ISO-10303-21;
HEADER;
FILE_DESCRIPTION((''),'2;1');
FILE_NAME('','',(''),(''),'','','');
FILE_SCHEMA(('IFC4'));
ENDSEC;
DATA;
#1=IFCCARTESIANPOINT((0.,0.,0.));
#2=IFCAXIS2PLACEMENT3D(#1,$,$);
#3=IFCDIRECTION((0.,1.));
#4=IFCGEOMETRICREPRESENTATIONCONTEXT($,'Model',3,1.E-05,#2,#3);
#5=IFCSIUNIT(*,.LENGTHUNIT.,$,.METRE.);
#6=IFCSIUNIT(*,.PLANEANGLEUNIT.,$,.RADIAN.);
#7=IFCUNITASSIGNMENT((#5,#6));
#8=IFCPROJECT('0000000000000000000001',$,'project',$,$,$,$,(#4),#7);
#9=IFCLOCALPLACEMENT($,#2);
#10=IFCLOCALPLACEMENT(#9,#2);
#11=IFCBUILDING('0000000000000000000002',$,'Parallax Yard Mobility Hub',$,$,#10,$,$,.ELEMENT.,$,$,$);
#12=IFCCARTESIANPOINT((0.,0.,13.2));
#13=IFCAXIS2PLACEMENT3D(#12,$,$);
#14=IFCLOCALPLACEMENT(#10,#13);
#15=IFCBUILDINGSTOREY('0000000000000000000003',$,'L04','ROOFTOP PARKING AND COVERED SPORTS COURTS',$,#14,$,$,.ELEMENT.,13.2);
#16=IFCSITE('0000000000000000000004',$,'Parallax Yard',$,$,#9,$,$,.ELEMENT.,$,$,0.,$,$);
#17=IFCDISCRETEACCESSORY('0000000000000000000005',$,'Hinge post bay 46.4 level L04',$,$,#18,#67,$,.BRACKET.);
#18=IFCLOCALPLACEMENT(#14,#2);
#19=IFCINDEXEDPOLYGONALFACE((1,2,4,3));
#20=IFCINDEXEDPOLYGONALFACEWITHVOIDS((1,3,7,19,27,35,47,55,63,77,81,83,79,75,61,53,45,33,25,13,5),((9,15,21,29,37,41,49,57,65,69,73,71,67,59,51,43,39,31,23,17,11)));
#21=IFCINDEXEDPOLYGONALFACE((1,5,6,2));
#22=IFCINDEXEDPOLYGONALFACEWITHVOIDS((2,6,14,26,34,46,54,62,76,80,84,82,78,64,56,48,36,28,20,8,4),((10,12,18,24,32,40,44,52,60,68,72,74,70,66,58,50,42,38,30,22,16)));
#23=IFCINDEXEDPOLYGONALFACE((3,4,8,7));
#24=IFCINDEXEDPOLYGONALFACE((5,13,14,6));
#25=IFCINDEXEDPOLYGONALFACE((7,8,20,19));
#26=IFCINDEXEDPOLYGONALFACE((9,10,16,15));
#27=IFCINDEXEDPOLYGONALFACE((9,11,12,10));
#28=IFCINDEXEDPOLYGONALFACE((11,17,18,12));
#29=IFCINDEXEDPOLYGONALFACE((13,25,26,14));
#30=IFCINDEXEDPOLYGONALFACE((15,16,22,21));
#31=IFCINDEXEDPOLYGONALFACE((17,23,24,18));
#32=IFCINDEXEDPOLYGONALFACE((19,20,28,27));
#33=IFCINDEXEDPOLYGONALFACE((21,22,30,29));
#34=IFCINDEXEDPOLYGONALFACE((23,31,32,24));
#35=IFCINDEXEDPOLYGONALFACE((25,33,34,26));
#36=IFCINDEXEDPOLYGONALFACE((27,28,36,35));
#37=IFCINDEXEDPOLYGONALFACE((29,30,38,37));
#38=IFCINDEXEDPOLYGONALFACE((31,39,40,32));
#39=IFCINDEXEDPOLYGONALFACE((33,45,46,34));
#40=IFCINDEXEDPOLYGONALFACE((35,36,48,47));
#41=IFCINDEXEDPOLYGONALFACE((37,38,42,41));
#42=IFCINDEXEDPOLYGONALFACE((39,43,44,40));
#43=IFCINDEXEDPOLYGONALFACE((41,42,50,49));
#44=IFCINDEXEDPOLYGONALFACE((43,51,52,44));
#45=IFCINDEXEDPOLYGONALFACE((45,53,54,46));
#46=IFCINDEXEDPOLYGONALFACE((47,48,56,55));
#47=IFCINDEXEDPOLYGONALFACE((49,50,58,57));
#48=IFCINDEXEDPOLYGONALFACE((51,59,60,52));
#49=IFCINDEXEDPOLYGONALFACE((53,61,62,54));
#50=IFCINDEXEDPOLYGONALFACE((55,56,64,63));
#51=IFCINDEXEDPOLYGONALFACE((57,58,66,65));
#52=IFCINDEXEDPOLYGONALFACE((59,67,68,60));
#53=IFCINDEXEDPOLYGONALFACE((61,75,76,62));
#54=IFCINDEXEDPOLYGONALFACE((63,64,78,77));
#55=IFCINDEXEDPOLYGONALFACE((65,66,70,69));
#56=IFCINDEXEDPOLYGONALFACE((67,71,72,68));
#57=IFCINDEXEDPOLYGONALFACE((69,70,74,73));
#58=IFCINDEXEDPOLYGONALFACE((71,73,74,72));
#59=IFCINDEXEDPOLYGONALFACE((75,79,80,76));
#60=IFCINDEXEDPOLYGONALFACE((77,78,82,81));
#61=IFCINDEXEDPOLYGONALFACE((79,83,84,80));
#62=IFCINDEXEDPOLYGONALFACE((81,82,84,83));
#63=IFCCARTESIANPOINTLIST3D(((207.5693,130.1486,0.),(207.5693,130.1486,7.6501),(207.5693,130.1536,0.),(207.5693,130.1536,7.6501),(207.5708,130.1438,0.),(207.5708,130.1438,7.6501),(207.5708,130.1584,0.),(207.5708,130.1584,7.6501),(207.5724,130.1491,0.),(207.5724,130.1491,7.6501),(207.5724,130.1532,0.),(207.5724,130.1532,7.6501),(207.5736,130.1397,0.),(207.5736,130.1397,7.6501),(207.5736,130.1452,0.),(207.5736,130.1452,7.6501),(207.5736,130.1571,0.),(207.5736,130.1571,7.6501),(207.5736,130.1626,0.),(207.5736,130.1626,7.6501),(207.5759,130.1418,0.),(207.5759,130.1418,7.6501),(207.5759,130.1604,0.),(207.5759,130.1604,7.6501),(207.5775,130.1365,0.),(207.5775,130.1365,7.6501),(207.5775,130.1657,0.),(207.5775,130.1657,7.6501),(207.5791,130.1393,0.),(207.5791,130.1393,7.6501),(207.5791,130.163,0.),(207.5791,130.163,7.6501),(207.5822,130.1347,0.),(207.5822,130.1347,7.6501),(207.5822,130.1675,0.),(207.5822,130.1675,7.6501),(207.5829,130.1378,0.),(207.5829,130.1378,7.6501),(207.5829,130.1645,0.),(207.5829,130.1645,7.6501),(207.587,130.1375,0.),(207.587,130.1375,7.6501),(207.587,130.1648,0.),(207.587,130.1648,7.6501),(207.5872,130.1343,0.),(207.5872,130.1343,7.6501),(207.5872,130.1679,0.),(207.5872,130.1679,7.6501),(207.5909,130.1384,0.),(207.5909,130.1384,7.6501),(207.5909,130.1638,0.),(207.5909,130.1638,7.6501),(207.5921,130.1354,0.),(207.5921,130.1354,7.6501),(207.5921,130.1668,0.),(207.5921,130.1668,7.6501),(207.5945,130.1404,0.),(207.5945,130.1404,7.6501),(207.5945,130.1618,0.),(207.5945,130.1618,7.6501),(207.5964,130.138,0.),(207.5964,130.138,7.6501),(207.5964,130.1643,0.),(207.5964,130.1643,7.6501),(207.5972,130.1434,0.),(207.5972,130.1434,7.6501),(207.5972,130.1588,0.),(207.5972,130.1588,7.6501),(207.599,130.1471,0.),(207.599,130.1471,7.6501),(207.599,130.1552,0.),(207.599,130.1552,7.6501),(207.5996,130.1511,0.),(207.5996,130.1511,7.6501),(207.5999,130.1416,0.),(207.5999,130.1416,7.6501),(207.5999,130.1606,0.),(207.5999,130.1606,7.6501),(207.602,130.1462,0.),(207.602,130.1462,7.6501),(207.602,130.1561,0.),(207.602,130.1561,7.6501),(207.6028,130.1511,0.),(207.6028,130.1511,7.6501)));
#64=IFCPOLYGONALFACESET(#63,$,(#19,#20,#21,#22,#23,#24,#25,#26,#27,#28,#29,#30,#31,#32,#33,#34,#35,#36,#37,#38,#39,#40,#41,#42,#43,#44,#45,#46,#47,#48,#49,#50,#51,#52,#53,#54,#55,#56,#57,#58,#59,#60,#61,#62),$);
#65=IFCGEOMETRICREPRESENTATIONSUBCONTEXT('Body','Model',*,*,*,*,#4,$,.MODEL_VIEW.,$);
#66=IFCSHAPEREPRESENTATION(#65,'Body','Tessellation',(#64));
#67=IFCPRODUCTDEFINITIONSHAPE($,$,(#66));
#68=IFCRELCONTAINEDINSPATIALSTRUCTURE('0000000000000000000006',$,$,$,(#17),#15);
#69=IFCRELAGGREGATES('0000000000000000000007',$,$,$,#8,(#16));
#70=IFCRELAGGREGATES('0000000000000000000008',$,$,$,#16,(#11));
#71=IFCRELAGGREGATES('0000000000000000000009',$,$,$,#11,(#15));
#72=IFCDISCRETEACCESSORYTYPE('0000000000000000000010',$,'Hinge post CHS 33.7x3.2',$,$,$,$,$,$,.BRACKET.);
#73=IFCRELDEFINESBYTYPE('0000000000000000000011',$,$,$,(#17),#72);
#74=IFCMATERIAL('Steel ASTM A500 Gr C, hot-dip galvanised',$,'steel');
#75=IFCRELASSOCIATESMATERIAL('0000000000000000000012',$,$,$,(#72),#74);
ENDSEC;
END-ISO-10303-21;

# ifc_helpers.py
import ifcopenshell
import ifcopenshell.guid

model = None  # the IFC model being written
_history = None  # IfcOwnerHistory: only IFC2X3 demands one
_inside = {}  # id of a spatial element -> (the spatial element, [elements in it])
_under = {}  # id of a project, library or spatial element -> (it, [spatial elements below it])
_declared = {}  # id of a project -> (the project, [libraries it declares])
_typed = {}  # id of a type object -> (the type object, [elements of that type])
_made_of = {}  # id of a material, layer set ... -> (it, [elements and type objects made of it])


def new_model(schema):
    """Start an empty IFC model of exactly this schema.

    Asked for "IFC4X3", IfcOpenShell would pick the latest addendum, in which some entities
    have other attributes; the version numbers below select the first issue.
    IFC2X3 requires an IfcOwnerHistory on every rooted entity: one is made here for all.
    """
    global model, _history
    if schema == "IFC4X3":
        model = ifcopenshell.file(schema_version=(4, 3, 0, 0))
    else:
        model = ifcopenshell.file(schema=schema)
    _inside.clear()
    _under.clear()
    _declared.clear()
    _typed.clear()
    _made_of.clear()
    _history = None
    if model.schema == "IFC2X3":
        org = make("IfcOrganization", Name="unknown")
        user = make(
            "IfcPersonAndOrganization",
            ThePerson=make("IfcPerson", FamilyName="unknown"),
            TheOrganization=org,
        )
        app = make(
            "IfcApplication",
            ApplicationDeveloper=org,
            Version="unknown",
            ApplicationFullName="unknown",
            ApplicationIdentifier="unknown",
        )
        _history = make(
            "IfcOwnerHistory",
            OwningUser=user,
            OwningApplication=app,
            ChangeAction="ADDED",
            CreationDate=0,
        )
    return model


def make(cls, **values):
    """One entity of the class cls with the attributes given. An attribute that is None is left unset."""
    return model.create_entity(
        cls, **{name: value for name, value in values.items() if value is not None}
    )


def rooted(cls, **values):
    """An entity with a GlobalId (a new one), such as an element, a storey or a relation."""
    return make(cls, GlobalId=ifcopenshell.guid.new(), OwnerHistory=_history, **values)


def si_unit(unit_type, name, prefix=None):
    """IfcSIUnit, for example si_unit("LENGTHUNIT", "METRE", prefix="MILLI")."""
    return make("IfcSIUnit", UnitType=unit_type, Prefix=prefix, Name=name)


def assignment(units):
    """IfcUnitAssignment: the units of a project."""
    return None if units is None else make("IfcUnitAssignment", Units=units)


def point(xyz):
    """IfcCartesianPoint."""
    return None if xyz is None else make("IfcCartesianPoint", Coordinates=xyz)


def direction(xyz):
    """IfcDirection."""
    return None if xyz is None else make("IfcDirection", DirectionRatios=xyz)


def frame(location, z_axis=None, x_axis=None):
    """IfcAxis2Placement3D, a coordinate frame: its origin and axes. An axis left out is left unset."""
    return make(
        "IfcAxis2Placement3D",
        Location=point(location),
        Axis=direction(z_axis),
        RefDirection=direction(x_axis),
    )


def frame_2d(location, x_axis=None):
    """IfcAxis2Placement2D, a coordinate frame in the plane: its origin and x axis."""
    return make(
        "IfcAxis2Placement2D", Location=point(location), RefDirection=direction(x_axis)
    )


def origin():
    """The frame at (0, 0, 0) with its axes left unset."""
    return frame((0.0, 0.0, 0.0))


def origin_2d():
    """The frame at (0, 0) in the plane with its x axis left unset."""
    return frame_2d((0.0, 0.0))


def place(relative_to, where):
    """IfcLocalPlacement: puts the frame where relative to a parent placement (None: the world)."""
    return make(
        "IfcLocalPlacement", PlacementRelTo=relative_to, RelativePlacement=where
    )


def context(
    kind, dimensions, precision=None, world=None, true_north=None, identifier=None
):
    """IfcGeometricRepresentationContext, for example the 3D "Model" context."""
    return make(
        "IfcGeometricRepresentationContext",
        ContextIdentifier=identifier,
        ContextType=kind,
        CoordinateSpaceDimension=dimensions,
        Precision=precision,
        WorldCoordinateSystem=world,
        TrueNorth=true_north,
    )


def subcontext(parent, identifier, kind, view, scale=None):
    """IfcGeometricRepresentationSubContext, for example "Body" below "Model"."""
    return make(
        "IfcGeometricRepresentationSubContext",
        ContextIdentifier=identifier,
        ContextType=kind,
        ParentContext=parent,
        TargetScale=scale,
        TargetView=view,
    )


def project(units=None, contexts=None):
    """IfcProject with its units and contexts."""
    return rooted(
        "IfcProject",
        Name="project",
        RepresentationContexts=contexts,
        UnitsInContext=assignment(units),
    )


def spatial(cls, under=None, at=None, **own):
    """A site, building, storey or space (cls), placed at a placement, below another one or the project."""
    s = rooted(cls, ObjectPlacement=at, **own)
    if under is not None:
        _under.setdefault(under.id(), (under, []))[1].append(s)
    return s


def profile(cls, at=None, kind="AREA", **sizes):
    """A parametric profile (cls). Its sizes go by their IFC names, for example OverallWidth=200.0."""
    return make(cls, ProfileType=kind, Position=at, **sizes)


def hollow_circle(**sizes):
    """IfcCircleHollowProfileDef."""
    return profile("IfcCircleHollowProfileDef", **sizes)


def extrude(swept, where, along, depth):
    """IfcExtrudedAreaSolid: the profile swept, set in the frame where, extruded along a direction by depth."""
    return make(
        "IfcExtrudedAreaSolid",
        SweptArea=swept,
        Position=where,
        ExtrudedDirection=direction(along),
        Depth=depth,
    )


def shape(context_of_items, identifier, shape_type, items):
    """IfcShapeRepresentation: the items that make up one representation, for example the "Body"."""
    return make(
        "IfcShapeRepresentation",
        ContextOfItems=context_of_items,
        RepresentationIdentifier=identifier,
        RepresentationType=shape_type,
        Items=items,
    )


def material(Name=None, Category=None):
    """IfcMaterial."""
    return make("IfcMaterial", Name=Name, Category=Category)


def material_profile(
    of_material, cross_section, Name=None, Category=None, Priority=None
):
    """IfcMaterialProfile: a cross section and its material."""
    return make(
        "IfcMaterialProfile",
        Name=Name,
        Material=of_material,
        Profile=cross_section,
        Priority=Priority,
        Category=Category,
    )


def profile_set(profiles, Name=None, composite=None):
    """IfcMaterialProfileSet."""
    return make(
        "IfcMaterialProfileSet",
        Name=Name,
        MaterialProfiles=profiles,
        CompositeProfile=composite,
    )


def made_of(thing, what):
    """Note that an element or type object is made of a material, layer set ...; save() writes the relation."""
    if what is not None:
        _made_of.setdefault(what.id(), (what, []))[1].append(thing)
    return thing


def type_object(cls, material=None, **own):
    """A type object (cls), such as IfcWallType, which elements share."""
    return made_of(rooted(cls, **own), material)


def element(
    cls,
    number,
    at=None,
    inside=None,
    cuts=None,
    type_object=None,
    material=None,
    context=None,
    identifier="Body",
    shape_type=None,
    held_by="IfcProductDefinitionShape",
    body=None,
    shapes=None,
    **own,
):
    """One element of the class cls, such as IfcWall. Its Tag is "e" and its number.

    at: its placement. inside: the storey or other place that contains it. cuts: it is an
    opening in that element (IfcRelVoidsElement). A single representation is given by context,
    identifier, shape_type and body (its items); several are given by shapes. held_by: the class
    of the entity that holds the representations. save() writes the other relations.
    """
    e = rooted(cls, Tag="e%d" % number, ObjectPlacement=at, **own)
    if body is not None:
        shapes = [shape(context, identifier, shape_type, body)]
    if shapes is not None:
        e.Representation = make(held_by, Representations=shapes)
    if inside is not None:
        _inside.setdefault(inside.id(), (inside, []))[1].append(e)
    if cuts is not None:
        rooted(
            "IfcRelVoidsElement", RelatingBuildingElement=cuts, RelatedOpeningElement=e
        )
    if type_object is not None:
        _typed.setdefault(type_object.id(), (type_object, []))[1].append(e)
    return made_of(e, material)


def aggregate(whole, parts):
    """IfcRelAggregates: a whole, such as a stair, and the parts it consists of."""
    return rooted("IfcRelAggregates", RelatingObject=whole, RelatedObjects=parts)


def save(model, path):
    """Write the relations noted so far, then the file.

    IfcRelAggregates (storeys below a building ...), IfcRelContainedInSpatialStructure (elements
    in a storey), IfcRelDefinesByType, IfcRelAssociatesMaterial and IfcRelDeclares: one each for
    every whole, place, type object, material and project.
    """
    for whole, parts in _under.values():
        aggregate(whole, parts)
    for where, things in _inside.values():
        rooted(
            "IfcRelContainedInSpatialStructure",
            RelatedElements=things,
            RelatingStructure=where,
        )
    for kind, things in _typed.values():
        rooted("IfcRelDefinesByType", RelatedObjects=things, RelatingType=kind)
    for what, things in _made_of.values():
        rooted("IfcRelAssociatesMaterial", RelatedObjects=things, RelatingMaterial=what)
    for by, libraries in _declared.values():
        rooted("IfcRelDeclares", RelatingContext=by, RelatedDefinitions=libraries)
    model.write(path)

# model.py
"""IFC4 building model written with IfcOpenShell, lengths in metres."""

from ifc_helpers import new_model, si_unit, direction, frame, origin, origin_2d, place, context, subcontext, project, spatial, hollow_circle, extrude, material, material_profile, profile_set, type_object, element, save


model = new_model("IFC4")

# Units and contexts
model_context = context("Model", 3, precision=1e-05, world=origin(), true_north=direction((0.0, 1.0)))
body_context = subcontext(model_context, "Body", "Model", "MODEL_VIEW")
ifc_project = project(units=[si_unit("LENGTHUNIT", "METRE"), si_unit("PLANEANGLEUNIT", "RADIAN")], contexts=[model_context])

# Site, building, storey
site_placement = place(None, origin())
site = spatial("IfcSite", under=ifc_project, at=site_placement, Name="Parallax Yard", CompositionType="ELEMENT", RefElevation=0.0)
building_placement = place(site_placement, origin())
building = spatial("IfcBuilding", under=site, at=building_placement, Name="Parallax Yard Mobility Hub", CompositionType="ELEMENT")
storey_placement = place(building_placement, frame((0.0, 0.0, 13.2)))
storey = spatial("IfcBuildingStorey", under=building, at=storey_placement, Name="L04", Description="ROOFTOP PARKING AND COVERED SPORTS COURTS", CompositionType="ELEMENT", Elevation=13.2)

# Discrete accessory
ifc_material_1 = material(Name="Steel ASTM A500 Gr C, hot-dip galvanised", Category="steel")
ifc_material_profile_1 = material_profile(ifc_material_1, hollow_circle(Radius=0.0168, WallThickness=0.0032, at=origin_2d()), Name="CHS 33.7x3.2")
ifc_profile_set_1 = profile_set([ifc_material_profile_1], Name="Steel ASTM A500 Gr C, hot-dip galvanised")
discrete_accessory_type_1 = type_object("IfcDiscreteAccessoryType", Name="Hinge post CHS 33.7x3.2", PredefinedType="BRACKET", material=ifc_profile_set_1)
discrete_accessory_1_placement = place(storey_placement, frame((207.5859, 130.1511, 0.0), z_axis=(0.0, 0.0, 1.0), x_axis=(1.0, 0.0, 0.0)))
element("IfcDiscreteAccessory", 1, at=discrete_accessory_1_placement, inside=storey, type_object=discrete_accessory_type_1, Name="Hinge post bay 46.4 level L04", PredefinedType="BRACKET", context=body_context, shape_type="SweptSolid", body=[
    extrude(hollow_circle(Radius=0.0168, WallThickness=0.0032, at=origin_2d()), origin(), (0.0, 0.0, 1.0), 7.6501),
])

save(model, "model.ifc")
